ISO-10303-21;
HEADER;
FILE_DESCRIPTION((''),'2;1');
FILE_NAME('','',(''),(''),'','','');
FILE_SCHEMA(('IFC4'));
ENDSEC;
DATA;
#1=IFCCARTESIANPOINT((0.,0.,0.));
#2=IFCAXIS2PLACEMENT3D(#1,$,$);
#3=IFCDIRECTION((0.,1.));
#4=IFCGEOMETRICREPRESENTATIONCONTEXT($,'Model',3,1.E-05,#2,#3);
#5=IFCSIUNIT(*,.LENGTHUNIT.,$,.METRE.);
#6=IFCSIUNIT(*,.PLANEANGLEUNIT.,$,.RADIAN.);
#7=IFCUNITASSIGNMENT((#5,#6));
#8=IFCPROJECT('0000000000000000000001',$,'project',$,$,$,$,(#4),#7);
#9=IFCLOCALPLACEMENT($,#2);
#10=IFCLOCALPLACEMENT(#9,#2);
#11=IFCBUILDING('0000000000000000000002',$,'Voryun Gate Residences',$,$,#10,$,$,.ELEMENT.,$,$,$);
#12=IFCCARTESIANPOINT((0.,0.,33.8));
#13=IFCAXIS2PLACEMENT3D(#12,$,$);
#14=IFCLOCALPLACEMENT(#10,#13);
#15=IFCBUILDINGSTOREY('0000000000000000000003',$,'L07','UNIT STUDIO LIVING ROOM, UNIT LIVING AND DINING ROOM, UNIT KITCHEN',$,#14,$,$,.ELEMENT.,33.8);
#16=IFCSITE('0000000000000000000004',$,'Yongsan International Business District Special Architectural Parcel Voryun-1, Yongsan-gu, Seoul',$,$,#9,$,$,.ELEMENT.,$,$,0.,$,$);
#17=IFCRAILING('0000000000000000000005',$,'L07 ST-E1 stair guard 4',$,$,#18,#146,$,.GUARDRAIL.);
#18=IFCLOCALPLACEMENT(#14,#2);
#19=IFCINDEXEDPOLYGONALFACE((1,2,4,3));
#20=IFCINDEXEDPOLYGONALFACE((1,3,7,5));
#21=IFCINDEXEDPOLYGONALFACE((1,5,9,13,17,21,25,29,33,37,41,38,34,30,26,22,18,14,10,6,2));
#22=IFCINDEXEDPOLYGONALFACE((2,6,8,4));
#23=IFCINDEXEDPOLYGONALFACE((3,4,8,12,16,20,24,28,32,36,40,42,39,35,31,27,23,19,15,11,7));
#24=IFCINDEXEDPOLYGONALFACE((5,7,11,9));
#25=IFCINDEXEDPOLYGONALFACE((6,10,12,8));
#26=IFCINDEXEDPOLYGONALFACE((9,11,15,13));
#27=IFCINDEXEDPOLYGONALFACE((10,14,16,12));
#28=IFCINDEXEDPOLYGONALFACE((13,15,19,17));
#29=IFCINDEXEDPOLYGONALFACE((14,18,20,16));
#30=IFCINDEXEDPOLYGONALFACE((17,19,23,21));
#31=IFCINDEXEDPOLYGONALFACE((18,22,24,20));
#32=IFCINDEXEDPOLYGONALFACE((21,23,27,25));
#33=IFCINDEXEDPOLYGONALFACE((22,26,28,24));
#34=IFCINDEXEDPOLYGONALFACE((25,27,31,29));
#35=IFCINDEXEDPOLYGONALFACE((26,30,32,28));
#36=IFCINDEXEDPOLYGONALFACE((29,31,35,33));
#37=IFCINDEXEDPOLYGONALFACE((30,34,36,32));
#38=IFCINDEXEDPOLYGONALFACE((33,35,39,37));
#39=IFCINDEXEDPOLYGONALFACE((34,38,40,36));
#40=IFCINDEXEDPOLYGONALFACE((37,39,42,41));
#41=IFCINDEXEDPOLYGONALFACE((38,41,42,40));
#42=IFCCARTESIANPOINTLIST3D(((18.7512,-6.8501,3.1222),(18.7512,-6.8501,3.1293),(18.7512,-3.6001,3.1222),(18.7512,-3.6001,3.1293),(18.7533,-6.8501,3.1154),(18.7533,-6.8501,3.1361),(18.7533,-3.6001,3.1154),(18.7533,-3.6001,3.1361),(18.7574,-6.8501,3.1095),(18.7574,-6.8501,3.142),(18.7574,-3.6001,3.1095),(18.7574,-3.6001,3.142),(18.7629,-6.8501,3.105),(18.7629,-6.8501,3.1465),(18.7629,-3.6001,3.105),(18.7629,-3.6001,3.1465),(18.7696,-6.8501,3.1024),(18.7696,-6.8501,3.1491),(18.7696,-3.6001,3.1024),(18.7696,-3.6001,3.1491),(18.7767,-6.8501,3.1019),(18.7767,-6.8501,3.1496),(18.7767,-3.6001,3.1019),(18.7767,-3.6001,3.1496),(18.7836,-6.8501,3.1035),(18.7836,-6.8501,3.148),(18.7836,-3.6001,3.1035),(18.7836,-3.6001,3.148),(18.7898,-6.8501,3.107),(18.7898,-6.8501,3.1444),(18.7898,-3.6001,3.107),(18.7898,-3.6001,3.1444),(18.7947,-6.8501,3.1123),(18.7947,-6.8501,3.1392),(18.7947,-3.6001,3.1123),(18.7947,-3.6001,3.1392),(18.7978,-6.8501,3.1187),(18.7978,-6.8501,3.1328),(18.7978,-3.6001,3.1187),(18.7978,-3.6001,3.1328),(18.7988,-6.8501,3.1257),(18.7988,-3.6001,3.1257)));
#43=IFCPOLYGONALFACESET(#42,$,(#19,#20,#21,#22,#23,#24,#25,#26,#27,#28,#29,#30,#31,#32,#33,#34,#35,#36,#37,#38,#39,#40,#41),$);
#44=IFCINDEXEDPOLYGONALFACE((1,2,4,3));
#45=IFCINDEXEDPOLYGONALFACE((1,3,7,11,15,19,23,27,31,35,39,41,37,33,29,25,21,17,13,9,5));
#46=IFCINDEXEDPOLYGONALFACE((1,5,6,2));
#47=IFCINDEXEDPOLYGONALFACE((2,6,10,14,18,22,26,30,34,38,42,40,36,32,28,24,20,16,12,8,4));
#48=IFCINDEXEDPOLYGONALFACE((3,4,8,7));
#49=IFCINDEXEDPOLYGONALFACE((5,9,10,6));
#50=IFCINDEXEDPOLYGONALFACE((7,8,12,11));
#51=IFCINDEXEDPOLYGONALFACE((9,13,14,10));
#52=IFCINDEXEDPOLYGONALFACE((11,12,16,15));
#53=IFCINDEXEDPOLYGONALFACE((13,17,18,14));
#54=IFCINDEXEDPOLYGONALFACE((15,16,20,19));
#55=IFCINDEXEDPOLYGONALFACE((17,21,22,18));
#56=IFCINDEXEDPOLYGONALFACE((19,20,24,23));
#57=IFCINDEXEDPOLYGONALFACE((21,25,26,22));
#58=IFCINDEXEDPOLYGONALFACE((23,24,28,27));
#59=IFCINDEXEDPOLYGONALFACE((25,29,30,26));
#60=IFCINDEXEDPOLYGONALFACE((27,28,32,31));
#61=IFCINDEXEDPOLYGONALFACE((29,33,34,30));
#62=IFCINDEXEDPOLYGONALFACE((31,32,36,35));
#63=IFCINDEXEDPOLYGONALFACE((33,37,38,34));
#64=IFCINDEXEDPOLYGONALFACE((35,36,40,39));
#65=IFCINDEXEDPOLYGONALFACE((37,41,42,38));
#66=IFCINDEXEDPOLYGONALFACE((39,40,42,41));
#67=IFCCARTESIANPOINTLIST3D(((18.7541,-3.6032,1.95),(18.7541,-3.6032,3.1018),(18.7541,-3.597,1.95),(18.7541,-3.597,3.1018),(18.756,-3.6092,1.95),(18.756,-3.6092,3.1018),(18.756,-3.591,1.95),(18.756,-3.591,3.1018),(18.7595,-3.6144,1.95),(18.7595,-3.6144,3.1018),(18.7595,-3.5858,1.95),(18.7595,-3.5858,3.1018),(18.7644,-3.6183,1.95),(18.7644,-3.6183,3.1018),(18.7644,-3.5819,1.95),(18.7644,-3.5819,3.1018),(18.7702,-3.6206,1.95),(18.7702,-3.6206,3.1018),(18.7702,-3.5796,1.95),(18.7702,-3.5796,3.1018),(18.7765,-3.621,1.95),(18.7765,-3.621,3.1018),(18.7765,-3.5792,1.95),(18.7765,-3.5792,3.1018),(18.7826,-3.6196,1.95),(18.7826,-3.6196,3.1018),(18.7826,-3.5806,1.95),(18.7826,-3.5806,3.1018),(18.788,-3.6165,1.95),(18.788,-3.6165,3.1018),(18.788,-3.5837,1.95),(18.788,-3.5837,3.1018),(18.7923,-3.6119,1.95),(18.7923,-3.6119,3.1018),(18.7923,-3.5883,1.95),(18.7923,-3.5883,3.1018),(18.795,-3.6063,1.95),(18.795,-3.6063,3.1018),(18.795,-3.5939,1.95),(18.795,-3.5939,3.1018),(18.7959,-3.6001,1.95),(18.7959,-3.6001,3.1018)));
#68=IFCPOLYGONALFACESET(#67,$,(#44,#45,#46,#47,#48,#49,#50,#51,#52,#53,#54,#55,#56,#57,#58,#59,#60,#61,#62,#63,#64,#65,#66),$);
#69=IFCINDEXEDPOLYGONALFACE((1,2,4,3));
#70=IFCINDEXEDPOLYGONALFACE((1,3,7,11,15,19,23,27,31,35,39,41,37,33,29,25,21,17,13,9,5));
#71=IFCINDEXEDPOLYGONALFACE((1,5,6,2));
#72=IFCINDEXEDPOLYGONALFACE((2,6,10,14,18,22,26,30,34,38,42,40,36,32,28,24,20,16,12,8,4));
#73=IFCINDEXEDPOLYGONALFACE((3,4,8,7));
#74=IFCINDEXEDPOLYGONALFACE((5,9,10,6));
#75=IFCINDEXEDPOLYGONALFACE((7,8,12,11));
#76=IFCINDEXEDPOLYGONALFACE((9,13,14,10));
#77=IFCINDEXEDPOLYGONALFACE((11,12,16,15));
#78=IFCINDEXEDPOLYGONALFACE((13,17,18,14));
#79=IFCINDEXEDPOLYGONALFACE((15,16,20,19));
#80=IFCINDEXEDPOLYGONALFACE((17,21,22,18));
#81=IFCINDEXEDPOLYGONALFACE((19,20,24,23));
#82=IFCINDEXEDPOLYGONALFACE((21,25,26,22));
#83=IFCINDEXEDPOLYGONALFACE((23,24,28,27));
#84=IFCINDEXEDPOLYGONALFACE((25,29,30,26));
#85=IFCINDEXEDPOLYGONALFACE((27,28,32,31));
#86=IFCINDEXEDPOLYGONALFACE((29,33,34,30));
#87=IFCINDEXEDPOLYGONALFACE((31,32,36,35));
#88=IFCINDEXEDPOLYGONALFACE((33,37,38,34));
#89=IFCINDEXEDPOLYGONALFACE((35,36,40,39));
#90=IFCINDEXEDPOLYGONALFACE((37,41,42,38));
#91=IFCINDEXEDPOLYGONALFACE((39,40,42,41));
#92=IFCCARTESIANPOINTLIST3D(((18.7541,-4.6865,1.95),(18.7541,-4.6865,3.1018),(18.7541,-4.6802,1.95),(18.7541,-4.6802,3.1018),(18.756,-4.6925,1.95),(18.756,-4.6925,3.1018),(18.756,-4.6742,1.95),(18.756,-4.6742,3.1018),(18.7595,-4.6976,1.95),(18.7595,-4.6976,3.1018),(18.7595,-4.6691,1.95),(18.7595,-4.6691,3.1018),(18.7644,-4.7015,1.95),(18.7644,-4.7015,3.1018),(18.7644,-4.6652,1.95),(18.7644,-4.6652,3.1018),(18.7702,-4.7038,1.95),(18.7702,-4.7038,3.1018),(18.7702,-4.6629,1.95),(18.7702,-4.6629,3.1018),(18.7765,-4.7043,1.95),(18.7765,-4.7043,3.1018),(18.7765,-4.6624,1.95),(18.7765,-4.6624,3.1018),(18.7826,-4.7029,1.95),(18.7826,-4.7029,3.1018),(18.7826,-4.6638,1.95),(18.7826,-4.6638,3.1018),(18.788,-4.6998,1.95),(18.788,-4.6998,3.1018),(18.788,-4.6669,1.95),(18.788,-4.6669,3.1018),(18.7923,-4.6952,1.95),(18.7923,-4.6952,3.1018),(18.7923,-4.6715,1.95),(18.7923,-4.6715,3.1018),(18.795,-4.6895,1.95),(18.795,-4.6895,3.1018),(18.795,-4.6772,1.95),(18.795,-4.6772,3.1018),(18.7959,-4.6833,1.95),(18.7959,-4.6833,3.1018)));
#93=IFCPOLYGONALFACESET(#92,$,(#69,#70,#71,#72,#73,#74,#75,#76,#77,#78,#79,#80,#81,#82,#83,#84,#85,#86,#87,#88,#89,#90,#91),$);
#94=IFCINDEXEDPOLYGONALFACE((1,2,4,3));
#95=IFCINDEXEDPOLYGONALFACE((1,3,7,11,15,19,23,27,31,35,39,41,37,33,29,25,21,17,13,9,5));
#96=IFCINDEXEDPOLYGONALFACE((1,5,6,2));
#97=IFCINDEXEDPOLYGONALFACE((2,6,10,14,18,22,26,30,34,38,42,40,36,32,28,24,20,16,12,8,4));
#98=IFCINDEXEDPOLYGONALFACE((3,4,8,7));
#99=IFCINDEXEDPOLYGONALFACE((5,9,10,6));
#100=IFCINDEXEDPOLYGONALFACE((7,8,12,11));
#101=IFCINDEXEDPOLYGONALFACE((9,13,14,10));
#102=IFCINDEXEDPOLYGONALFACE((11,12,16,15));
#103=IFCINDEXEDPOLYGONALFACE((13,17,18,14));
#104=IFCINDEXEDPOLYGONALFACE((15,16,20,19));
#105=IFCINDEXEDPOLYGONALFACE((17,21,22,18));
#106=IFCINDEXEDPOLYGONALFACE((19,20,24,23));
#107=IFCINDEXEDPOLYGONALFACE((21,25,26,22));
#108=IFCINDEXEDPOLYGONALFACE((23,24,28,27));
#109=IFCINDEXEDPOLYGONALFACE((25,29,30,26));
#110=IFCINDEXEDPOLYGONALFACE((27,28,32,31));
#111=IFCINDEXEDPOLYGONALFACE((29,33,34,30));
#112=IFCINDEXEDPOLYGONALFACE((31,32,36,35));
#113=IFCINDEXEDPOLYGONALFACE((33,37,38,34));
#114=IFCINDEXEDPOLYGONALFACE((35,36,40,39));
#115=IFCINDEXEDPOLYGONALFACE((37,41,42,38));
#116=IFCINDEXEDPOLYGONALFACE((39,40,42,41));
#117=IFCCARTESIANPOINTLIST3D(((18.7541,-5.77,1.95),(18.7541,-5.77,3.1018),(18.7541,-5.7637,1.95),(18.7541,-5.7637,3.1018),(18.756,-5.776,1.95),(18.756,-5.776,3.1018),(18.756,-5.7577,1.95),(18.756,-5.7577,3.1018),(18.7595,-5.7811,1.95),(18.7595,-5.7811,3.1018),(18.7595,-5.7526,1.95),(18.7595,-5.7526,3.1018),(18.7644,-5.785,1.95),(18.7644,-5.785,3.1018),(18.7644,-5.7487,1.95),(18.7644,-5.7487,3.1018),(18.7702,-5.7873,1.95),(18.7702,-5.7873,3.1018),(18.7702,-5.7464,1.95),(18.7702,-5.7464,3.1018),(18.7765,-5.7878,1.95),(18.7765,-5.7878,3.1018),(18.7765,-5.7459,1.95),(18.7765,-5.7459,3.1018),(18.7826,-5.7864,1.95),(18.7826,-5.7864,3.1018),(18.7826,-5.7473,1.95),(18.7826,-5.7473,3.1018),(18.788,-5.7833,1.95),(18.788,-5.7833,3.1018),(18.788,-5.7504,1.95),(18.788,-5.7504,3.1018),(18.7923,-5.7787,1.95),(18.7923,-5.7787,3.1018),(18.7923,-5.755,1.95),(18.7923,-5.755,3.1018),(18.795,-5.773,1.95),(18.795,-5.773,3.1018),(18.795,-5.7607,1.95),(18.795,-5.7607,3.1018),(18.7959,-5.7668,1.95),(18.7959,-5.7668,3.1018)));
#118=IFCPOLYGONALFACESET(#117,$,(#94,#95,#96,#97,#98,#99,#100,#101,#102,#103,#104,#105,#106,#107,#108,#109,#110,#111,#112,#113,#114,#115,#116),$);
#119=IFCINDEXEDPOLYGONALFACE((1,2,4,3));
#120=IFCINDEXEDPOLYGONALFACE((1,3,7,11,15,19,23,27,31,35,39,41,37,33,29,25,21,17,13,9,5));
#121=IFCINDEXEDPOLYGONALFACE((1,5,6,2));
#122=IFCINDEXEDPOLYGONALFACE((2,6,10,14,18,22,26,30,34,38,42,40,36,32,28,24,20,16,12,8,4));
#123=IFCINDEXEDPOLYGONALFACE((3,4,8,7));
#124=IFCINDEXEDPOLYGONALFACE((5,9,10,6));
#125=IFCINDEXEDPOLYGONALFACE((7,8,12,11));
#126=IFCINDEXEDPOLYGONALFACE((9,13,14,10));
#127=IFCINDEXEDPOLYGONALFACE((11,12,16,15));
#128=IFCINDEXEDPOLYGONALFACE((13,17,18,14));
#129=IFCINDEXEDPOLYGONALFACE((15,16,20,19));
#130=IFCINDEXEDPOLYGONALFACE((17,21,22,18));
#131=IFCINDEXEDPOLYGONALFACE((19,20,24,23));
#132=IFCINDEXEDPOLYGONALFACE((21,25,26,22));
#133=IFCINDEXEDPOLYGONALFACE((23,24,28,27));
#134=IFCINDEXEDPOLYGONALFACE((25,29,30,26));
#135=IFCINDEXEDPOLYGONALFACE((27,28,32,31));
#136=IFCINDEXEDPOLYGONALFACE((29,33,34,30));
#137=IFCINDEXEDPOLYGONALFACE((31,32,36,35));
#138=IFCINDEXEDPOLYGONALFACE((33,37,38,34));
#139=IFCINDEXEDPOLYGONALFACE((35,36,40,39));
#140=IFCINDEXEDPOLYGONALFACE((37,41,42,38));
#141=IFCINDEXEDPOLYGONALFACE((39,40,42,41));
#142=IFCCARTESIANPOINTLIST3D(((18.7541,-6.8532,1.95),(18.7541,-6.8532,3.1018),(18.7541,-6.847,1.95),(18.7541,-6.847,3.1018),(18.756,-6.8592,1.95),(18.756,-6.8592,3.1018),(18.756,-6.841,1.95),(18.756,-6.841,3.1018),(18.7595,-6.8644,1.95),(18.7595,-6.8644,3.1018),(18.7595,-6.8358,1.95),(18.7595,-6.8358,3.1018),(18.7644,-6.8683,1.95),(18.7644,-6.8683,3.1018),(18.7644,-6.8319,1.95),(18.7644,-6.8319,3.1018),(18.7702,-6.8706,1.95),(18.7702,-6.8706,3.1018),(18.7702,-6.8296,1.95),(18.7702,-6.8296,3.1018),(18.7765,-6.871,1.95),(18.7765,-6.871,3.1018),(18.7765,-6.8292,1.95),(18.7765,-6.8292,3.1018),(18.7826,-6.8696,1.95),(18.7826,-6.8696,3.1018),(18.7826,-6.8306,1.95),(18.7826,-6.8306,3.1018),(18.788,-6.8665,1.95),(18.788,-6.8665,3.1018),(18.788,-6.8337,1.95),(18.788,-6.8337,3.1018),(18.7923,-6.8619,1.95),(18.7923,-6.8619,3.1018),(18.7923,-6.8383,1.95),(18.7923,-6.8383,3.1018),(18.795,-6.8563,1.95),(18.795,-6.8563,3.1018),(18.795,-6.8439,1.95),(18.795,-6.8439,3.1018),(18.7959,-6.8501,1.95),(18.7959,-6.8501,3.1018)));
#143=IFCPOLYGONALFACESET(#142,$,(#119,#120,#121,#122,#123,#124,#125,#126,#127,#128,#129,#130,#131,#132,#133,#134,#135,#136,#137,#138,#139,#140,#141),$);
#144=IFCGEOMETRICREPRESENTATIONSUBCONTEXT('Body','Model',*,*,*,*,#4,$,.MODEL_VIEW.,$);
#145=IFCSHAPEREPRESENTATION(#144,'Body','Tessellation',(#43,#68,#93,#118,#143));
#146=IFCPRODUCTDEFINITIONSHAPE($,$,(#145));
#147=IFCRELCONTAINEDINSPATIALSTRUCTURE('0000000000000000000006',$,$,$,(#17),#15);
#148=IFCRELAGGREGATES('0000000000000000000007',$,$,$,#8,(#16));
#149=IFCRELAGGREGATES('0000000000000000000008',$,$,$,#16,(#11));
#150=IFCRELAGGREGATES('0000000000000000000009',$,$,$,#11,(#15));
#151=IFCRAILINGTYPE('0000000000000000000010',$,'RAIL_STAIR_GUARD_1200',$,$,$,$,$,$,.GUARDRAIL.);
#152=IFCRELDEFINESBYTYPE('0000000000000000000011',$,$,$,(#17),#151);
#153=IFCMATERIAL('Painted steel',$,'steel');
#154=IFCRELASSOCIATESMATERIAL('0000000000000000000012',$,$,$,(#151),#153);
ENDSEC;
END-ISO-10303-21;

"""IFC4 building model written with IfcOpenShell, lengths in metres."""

from ifc_helpers import new_model, si_unit, direction, frame, origin, origin_2d, place, context, subcontext, project, spatial, circle, extrude, material, type_object, element, save


model = new_model("IFC4")

# Units and contexts
model_context = context("Model", 3, precision=1e-05, world=origin(), true_north=direction((0.0, 1.0)))
body_context = subcontext(model_context, "Body", "Model", "MODEL_VIEW")
ifc_project = project(units=[si_unit("LENGTHUNIT", "METRE"), si_unit("PLANEANGLEUNIT", "RADIAN")], contexts=[model_context])

# Site, building, storey
site_placement = place(None, origin())
site = spatial("IfcSite", under=ifc_project, at=site_placement, Name="Yongsan International Business District Special Architectural Parcel Voryun-1, Yongsan-gu, Seoul", CompositionType="ELEMENT", RefElevation=0.0)
building_placement = place(site_placement, origin())
building = spatial("IfcBuilding", under=site, at=building_placement, Name="Voryun Gate Residences", CompositionType="ELEMENT")
storey_placement = place(building_placement, frame((0.0, 0.0, 33.8)))
storey = spatial("IfcBuildingStorey", under=building, at=storey_placement, Name="L07", Description="UNIT STUDIO LIVING ROOM, UNIT LIVING AND DINING ROOM, UNIT KITCHEN", CompositionType="ELEMENT", Elevation=33.8)

# Railing
ifc_material_1 = material(Name="Painted steel", Category="steel")
railing_type_1 = type_object("IfcRailingType", Name="RAIL_STAIR_GUARD_1200", PredefinedType="GUARDRAIL", material=ifc_material_1)
for number, where, name in (
    (1, (18.7749, -3.6001, 1.95), "L07 ST-E1 stair guard 4"),
):
    element("IfcRailing", number, at=place(storey_placement, frame(where)), inside=storey, type_object=railing_type_1, Name=name, PredefinedType="GUARDRAIL", context=body_context, shape_type="SweptSolid", body=[
        extrude(circle(Radius=0.0239, at=origin_2d()), frame((0.0, 0.0, 1.1758), z_axis=(0.0, -1.0, 0.0), x_axis=(1.0, 0.0, 0.0)), (0.0, 0.0, 1.0), 3.25),
        extrude(circle(Radius=0.021, at=origin_2d()), origin(), (0.0, 0.0, 1.0), 1.1519),
        extrude(circle(Radius=0.021, at=origin_2d()), frame((0.0, -1.0833, 0.0)), (0.0, 0.0, 1.0), 1.1519),
        extrude(circle(Radius=0.021, at=origin_2d()), frame((0.0, -2.1667, 0.0)), (0.0, 0.0, 1.0), 1.1519),
        extrude(circle(Radius=0.021, at=origin_2d()), frame((0.0, -3.25, 0.0)), (0.0, 0.0, 1.0), 1.1519),
    ])

save(model, "model.ifc")
